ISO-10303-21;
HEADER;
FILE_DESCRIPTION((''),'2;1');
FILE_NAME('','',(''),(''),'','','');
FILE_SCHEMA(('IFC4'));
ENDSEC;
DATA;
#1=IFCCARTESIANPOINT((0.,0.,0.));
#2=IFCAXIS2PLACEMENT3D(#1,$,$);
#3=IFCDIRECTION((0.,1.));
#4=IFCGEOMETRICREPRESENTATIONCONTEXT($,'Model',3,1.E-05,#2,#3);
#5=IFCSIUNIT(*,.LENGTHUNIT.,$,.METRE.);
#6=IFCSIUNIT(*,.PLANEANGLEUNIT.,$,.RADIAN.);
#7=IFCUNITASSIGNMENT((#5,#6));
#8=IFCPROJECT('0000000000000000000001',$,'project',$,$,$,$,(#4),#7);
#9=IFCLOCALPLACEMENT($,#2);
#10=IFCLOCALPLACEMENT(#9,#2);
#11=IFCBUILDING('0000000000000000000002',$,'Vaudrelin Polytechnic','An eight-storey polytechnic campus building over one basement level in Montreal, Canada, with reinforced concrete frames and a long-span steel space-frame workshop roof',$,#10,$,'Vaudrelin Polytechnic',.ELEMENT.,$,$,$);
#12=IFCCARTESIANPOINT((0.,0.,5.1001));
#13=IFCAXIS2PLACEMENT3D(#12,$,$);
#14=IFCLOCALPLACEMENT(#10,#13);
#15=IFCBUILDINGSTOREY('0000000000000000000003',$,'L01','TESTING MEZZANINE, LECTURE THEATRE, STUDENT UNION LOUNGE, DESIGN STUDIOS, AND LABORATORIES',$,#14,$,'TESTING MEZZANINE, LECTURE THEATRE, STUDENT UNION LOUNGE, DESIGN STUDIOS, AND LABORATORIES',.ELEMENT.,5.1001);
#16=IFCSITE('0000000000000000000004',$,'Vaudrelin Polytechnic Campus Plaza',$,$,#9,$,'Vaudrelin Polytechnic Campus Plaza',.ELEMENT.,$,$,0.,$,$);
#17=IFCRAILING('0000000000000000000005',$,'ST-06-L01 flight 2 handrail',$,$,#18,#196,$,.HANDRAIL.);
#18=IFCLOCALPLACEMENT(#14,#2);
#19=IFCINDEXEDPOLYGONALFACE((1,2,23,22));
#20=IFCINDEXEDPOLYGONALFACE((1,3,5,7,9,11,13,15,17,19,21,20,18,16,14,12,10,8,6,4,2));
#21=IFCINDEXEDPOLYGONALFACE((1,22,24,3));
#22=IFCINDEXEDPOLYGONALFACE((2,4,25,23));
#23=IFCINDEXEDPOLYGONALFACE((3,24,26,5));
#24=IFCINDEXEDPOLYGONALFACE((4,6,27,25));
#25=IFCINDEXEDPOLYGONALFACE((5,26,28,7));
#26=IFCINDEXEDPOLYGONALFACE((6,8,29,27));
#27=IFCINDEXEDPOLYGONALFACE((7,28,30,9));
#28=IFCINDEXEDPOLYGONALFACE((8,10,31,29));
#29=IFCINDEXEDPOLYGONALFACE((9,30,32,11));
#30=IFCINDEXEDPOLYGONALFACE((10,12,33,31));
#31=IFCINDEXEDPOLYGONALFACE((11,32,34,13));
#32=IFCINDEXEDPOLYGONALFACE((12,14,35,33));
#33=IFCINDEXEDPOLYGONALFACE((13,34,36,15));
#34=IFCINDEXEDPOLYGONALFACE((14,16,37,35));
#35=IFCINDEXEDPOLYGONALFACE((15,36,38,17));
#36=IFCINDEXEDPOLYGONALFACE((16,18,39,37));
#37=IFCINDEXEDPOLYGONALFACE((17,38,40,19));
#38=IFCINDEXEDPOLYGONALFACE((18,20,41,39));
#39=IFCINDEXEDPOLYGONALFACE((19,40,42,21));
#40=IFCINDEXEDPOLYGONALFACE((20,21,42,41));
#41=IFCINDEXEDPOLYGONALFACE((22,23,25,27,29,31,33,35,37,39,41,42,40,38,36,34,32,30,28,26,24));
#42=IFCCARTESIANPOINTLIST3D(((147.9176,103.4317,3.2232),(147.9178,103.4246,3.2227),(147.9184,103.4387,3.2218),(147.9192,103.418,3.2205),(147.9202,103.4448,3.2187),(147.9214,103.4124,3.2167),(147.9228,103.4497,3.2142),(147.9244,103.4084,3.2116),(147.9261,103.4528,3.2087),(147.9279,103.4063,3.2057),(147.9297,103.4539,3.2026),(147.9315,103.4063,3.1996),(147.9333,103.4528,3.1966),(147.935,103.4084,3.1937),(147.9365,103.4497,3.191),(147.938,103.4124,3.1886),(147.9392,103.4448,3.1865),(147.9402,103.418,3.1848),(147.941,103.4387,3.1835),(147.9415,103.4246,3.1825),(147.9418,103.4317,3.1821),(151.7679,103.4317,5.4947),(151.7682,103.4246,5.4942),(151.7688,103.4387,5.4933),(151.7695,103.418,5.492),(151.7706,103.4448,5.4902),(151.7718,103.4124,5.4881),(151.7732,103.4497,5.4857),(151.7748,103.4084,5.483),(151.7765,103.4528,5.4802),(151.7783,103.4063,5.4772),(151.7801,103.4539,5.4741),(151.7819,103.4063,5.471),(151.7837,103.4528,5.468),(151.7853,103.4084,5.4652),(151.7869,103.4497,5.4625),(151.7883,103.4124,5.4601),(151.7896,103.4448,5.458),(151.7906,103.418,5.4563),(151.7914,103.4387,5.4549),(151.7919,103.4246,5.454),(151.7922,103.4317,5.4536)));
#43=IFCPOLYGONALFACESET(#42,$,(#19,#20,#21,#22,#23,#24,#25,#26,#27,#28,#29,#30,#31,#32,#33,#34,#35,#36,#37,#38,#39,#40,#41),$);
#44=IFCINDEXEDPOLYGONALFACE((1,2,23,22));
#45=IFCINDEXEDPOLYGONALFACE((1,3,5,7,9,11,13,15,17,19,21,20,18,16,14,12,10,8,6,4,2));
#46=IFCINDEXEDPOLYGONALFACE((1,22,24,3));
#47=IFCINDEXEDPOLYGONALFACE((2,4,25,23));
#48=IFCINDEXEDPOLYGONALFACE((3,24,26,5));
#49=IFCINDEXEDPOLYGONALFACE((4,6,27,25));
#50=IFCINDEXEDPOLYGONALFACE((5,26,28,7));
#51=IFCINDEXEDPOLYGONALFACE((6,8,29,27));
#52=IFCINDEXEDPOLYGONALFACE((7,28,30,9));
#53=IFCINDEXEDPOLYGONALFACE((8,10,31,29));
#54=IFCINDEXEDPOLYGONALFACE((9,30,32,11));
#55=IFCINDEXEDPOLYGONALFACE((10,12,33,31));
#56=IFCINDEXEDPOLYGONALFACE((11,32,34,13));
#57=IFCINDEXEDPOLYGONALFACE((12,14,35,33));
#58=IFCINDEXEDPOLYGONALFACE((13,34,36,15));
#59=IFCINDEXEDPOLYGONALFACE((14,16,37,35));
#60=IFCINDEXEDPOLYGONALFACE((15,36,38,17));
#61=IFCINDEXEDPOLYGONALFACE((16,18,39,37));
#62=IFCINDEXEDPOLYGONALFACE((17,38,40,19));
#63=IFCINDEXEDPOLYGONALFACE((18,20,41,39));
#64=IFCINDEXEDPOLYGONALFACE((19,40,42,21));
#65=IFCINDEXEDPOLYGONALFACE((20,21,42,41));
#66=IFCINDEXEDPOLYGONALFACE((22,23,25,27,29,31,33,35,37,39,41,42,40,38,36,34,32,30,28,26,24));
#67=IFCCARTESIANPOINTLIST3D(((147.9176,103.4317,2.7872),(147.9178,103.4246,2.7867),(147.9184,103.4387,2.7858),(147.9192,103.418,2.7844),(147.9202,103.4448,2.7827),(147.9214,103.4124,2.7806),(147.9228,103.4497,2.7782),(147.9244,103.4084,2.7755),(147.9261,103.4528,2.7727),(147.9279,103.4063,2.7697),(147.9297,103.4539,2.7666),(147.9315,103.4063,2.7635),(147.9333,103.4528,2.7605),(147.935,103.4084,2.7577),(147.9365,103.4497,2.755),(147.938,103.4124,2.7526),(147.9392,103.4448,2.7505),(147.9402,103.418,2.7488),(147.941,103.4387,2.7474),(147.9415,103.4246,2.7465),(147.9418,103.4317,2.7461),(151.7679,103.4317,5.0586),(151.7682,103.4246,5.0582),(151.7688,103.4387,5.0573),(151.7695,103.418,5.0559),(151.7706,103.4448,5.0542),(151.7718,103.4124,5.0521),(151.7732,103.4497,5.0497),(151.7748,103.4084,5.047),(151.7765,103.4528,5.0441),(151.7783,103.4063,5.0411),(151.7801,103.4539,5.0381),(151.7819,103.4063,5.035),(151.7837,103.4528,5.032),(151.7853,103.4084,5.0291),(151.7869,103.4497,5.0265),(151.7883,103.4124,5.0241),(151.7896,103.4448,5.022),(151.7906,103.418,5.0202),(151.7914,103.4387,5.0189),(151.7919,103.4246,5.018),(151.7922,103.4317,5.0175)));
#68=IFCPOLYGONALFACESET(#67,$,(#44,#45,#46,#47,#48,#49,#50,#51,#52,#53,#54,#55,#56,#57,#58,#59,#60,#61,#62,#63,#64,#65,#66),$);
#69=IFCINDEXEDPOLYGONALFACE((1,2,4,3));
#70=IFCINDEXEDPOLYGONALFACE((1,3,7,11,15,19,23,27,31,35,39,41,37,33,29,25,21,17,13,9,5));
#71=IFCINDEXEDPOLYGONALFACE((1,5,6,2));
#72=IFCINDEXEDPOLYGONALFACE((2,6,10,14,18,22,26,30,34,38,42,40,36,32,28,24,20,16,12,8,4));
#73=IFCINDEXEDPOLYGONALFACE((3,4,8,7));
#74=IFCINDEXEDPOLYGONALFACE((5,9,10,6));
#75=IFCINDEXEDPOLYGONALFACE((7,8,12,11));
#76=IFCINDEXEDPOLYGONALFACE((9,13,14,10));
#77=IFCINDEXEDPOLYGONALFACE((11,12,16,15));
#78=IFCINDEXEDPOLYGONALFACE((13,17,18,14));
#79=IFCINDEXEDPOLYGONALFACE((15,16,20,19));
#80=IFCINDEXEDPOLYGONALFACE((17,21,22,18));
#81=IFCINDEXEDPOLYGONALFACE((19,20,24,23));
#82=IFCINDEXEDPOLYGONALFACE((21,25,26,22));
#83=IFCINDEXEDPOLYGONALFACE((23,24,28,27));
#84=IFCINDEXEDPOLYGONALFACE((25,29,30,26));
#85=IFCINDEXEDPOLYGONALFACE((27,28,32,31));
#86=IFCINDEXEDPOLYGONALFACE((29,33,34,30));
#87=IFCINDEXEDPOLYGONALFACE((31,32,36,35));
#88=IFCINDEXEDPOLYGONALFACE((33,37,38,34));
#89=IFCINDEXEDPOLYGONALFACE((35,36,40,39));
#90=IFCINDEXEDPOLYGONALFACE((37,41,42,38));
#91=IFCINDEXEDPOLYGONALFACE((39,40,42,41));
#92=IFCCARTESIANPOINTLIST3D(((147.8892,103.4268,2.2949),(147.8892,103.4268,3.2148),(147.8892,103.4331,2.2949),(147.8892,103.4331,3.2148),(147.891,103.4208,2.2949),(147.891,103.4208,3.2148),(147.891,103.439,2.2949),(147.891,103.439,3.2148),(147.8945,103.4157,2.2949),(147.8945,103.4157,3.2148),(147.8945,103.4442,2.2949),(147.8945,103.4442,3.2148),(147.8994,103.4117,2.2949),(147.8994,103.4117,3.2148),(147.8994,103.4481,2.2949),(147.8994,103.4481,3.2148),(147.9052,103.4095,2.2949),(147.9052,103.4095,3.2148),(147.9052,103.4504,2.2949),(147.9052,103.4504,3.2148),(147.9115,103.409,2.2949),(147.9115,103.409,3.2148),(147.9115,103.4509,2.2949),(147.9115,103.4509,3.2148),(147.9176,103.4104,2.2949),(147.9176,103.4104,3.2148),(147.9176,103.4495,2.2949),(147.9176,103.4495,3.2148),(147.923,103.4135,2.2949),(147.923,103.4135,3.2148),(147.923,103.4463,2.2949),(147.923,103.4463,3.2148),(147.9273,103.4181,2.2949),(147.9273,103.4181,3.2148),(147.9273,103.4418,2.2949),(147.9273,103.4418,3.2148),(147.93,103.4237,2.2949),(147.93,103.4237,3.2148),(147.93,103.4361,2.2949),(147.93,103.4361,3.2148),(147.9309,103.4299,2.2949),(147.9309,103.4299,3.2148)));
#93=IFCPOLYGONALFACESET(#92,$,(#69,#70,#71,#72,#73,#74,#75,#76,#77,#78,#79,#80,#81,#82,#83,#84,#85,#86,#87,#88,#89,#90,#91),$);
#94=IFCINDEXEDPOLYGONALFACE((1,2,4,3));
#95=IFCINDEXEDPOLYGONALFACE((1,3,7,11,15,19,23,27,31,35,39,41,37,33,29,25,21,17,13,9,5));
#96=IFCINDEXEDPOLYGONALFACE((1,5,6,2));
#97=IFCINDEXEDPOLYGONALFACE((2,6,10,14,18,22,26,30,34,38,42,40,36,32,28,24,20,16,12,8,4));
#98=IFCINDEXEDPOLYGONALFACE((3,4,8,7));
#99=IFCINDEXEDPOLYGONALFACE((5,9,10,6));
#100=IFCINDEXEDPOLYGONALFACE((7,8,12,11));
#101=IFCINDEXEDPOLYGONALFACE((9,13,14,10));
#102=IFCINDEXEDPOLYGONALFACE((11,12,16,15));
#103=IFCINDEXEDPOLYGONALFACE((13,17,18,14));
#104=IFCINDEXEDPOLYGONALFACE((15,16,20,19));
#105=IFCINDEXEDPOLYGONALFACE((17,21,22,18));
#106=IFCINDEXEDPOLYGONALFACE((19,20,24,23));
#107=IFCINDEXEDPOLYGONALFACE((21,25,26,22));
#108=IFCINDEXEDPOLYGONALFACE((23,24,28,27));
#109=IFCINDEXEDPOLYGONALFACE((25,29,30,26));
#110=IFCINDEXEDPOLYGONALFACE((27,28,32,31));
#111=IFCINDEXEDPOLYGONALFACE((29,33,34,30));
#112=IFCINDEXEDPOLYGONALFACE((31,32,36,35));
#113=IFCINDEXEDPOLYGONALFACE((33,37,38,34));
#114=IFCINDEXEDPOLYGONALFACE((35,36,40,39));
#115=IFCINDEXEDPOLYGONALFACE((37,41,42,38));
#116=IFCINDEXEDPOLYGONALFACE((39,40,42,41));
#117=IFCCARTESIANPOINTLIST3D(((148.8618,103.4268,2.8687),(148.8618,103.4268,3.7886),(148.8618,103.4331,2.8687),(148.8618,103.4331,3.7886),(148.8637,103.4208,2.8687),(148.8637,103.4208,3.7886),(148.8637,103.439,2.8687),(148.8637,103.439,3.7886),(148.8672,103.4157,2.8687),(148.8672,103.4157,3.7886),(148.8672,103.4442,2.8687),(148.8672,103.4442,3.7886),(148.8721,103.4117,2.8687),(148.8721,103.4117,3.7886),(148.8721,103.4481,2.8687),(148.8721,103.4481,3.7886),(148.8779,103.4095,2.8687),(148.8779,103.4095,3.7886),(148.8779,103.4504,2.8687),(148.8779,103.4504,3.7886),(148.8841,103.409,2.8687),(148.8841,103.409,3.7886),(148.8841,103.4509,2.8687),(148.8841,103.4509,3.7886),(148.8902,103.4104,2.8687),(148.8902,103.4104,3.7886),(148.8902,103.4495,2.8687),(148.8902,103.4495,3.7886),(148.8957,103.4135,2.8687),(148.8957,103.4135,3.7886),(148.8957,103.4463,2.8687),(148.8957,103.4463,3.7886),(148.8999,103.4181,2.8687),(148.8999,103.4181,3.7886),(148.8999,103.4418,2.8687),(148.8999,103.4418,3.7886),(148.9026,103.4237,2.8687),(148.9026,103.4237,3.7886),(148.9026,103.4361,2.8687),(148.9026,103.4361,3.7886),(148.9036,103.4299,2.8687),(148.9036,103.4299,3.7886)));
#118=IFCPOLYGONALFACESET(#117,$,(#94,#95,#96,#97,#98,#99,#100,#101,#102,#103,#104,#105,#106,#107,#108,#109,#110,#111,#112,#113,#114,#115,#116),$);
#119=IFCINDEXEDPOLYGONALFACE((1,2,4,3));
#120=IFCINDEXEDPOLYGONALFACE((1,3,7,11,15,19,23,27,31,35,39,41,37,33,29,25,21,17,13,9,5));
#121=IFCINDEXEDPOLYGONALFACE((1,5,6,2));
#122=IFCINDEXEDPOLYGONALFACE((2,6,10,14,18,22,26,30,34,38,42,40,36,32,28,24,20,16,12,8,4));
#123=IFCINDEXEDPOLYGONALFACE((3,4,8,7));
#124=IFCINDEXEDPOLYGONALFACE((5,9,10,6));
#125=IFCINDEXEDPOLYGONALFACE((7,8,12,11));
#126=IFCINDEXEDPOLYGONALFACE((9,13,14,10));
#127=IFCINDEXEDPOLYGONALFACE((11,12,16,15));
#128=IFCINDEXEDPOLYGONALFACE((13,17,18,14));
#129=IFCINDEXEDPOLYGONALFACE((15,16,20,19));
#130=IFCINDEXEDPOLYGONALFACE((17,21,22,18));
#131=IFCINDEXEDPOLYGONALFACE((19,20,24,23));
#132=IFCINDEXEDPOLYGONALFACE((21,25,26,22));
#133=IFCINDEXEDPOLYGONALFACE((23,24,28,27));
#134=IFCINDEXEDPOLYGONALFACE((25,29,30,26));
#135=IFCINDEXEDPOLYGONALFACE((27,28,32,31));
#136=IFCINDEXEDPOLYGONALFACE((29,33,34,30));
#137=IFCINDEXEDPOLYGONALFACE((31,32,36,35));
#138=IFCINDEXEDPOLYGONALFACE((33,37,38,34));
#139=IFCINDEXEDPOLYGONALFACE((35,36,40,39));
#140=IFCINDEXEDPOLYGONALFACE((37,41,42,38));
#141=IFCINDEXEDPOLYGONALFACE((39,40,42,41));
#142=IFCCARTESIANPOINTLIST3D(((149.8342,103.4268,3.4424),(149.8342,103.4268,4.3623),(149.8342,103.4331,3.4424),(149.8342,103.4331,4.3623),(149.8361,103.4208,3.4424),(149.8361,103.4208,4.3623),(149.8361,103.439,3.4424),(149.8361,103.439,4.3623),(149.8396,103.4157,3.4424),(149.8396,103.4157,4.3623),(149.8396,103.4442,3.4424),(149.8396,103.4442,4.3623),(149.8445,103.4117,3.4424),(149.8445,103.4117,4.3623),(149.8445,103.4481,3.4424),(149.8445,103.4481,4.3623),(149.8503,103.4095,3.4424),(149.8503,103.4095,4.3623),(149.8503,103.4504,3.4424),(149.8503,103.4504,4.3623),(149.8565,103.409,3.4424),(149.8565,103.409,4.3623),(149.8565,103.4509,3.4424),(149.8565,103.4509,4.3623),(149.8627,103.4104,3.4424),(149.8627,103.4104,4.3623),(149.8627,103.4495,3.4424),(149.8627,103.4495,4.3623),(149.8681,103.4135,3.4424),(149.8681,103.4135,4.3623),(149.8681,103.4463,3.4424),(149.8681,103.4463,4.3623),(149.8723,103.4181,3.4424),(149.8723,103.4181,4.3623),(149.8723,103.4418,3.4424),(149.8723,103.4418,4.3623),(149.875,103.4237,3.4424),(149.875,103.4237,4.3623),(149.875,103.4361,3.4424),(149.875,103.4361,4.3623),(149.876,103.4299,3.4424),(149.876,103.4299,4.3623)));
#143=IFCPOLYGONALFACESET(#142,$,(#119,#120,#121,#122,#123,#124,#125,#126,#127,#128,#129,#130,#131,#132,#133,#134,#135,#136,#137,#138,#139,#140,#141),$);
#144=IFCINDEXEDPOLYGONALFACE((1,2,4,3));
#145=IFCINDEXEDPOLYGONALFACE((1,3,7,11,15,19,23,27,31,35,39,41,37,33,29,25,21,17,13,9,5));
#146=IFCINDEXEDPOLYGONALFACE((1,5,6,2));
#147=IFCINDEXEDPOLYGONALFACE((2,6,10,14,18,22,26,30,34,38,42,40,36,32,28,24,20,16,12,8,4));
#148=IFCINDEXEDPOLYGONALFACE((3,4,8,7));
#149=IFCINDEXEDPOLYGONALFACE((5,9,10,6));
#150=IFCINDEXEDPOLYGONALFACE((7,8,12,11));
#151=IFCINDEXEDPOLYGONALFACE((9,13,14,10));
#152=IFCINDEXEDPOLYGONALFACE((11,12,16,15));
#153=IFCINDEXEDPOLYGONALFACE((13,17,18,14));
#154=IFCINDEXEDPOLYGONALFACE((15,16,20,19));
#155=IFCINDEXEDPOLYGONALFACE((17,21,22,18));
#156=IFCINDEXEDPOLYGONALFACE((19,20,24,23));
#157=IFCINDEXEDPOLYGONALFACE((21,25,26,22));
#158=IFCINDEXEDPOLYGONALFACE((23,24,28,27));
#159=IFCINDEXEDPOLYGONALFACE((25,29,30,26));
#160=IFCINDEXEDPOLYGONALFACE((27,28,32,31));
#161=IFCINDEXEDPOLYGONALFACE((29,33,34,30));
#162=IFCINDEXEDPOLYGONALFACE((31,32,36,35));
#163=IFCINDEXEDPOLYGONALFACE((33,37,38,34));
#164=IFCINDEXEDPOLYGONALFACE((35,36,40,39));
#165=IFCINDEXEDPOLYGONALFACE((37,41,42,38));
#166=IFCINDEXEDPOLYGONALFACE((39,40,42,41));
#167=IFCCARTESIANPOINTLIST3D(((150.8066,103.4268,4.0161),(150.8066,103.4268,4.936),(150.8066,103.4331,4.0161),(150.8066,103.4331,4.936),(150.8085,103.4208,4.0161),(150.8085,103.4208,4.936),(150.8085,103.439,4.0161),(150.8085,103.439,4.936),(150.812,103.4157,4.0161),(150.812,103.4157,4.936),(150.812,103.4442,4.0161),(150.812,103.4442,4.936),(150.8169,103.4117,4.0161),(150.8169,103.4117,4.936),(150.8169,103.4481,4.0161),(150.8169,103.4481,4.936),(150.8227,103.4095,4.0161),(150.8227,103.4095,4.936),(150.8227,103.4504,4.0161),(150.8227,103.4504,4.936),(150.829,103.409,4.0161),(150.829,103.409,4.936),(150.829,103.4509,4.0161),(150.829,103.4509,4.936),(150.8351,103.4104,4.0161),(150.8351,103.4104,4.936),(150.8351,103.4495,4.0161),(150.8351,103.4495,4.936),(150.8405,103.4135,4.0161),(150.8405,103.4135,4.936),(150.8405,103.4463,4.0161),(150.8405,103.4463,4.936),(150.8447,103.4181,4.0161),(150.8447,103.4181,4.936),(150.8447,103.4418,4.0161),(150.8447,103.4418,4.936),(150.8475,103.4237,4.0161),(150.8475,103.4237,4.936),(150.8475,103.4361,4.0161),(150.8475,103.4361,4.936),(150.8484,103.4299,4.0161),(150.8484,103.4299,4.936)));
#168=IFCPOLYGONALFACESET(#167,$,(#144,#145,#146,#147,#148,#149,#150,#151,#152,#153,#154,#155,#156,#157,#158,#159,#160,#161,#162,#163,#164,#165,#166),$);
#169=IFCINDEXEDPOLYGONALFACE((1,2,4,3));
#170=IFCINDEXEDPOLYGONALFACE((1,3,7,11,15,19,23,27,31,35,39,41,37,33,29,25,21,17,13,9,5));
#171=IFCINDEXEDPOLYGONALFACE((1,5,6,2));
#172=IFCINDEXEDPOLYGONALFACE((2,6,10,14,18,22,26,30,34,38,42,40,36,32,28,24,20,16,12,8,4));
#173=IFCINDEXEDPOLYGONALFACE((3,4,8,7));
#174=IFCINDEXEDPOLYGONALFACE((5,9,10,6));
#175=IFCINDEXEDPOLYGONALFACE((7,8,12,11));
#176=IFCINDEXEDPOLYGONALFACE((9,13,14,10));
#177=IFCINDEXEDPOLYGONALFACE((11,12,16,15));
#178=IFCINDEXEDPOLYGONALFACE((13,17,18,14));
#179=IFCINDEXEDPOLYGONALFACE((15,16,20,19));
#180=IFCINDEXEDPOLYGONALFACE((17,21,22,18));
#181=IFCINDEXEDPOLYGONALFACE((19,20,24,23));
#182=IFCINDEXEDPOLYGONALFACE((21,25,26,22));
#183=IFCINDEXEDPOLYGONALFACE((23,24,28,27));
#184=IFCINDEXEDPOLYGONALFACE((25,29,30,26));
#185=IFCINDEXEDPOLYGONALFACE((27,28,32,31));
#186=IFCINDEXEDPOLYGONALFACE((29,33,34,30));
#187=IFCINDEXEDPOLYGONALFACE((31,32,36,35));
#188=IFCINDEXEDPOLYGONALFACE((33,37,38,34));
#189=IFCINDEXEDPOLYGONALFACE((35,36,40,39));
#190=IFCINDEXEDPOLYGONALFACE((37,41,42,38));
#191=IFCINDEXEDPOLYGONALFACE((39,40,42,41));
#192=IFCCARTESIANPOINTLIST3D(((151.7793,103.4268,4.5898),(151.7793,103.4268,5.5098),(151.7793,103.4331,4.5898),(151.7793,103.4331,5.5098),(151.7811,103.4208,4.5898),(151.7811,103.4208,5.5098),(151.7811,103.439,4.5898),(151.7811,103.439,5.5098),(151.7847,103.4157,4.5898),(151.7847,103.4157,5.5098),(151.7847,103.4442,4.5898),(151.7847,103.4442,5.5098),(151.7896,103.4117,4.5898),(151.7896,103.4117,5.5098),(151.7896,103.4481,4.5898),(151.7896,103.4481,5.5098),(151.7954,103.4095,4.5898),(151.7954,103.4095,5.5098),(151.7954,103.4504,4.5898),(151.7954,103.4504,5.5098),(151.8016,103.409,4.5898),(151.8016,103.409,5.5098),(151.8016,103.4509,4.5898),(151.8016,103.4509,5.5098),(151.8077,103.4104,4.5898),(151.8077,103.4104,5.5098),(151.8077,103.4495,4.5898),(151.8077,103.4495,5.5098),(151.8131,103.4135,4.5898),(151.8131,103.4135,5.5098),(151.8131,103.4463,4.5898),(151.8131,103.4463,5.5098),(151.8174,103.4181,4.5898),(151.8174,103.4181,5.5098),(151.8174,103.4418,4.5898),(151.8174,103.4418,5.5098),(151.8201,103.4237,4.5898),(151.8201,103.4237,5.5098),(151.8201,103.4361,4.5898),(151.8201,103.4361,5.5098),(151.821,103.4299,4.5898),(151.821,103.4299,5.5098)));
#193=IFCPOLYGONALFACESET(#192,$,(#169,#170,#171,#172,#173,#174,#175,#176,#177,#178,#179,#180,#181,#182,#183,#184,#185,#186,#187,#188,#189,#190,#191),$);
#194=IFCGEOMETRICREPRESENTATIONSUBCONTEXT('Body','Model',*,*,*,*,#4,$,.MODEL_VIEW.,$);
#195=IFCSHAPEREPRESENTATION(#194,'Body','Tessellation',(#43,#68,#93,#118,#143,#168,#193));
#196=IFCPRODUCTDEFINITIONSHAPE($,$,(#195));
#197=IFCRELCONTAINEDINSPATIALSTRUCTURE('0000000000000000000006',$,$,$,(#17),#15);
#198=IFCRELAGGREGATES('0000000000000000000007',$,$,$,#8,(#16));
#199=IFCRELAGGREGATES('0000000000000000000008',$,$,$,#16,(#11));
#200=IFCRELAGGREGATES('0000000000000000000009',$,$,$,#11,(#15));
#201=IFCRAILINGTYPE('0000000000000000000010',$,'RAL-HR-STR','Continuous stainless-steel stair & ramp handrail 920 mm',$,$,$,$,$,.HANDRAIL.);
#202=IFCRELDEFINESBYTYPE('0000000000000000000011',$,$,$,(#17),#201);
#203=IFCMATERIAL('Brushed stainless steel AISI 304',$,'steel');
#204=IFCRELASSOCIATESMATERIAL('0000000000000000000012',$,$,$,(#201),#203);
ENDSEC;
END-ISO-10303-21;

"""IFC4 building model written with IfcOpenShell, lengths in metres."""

from ifc_helpers import new_model, si_unit, direction, frame, origin, origin_2d, place, context, subcontext, project, spatial, circle, extrude, material, type_object, element, save


model = new_model("IFC4")

# Units and contexts
model_context = context("Model", 3, precision=1e-05, world=origin(), true_north=direction((0.0, 1.0)))
body_context = subcontext(model_context, "Body", "Model", "MODEL_VIEW")
ifc_project = project(units=[si_unit("LENGTHUNIT", "METRE"), si_unit("PLANEANGLEUNIT", "RADIAN")], contexts=[model_context])

# Site, building, storey
site_placement = place(None, origin())
site = spatial("IfcSite", under=ifc_project, at=site_placement, Name="Vaudrelin Polytechnic Campus Plaza", LongName="Vaudrelin Polytechnic Campus Plaza", CompositionType="ELEMENT", RefElevation=0.0)
building_placement = place(site_placement, origin())
building = spatial("IfcBuilding", under=site, at=building_placement, Name="Vaudrelin Polytechnic", Description="An eight-storey polytechnic campus building over one basement level in Montreal, Canada, with reinforced concrete frames and a long-span steel space-frame workshop roof", LongName="Vaudrelin Polytechnic", CompositionType="ELEMENT")
storey_placement = place(building_placement, frame((0.0, 0.0, 5.1001)))
storey = spatial("IfcBuildingStorey", under=building, at=storey_placement, Name="L01", Description="TESTING MEZZANINE, LECTURE THEATRE, STUDENT UNION LOUNGE, DESIGN STUDIOS, AND LABORATORIES", LongName="TESTING MEZZANINE, LECTURE THEATRE, STUDENT UNION LOUNGE, DESIGN STUDIOS, AND LABORATORIES", CompositionType="ELEMENT", Elevation=5.1001)

# Shared definitions
ifc_material_1 = material(Name="Brushed stainless steel AISI 304", Category="steel")

# Railing
railing_type_1 = type_object("IfcRailingType", Name="RAL-HR-STR", Description="Continuous stainless-steel stair & ramp handrail 920 mm", PredefinedType="HANDRAIL", material=ifc_material_1)
railing_1_placement = place(storey_placement, frame((147.9099, 103.4299, 2.2949)))
element("IfcRailing", 1, at=railing_1_placement, inside=storey, type_object=railing_type_1, Name="ST-06-L01 flight 2 handrail", PredefinedType="HANDRAIL", context=body_context, shape_type="SweptSolid", body=[
    extrude(circle(Radius=0.0239, at=origin_2d()), frame((0.0198, 0.0, 0.9077), z_axis=(0.861294, 0.0, 0.508106), x_axis=(0.0, 1.0, 0.0)), (0.0, 0.0, 1.0), 4.4705),
    extrude(circle(Radius=0.0239, at=origin_2d()), frame((0.0198, 0.0, 0.4717), z_axis=(0.861294, 0.0, 0.508106), x_axis=(0.0, 1.0, 0.0)), (0.0, 0.0, 1.0), 4.4705),
    extrude(circle(Radius=0.021, at=origin_2d()), origin(), (0.0, 0.0, 1.0), 0.9199),
    extrude(circle(Radius=0.021, at=origin_2d()), frame((0.9727, 0.0, 0.5737)), (0.0, 0.0, 1.0), 0.9199),
    extrude(circle(Radius=0.021, at=origin_2d()), frame((1.9451, 0.0, 1.1475)), (0.0, 0.0, 1.0), 0.9199),
    extrude(circle(Radius=0.021, at=origin_2d()), frame((2.9175, 0.0, 1.7212)), (0.0, 0.0, 1.0), 0.9199),
    extrude(circle(Radius=0.021, at=origin_2d()), frame((3.8901, 0.0, 2.2949)), (0.0, 0.0, 1.0), 0.9199),
])

save(model, "model.ifc")
